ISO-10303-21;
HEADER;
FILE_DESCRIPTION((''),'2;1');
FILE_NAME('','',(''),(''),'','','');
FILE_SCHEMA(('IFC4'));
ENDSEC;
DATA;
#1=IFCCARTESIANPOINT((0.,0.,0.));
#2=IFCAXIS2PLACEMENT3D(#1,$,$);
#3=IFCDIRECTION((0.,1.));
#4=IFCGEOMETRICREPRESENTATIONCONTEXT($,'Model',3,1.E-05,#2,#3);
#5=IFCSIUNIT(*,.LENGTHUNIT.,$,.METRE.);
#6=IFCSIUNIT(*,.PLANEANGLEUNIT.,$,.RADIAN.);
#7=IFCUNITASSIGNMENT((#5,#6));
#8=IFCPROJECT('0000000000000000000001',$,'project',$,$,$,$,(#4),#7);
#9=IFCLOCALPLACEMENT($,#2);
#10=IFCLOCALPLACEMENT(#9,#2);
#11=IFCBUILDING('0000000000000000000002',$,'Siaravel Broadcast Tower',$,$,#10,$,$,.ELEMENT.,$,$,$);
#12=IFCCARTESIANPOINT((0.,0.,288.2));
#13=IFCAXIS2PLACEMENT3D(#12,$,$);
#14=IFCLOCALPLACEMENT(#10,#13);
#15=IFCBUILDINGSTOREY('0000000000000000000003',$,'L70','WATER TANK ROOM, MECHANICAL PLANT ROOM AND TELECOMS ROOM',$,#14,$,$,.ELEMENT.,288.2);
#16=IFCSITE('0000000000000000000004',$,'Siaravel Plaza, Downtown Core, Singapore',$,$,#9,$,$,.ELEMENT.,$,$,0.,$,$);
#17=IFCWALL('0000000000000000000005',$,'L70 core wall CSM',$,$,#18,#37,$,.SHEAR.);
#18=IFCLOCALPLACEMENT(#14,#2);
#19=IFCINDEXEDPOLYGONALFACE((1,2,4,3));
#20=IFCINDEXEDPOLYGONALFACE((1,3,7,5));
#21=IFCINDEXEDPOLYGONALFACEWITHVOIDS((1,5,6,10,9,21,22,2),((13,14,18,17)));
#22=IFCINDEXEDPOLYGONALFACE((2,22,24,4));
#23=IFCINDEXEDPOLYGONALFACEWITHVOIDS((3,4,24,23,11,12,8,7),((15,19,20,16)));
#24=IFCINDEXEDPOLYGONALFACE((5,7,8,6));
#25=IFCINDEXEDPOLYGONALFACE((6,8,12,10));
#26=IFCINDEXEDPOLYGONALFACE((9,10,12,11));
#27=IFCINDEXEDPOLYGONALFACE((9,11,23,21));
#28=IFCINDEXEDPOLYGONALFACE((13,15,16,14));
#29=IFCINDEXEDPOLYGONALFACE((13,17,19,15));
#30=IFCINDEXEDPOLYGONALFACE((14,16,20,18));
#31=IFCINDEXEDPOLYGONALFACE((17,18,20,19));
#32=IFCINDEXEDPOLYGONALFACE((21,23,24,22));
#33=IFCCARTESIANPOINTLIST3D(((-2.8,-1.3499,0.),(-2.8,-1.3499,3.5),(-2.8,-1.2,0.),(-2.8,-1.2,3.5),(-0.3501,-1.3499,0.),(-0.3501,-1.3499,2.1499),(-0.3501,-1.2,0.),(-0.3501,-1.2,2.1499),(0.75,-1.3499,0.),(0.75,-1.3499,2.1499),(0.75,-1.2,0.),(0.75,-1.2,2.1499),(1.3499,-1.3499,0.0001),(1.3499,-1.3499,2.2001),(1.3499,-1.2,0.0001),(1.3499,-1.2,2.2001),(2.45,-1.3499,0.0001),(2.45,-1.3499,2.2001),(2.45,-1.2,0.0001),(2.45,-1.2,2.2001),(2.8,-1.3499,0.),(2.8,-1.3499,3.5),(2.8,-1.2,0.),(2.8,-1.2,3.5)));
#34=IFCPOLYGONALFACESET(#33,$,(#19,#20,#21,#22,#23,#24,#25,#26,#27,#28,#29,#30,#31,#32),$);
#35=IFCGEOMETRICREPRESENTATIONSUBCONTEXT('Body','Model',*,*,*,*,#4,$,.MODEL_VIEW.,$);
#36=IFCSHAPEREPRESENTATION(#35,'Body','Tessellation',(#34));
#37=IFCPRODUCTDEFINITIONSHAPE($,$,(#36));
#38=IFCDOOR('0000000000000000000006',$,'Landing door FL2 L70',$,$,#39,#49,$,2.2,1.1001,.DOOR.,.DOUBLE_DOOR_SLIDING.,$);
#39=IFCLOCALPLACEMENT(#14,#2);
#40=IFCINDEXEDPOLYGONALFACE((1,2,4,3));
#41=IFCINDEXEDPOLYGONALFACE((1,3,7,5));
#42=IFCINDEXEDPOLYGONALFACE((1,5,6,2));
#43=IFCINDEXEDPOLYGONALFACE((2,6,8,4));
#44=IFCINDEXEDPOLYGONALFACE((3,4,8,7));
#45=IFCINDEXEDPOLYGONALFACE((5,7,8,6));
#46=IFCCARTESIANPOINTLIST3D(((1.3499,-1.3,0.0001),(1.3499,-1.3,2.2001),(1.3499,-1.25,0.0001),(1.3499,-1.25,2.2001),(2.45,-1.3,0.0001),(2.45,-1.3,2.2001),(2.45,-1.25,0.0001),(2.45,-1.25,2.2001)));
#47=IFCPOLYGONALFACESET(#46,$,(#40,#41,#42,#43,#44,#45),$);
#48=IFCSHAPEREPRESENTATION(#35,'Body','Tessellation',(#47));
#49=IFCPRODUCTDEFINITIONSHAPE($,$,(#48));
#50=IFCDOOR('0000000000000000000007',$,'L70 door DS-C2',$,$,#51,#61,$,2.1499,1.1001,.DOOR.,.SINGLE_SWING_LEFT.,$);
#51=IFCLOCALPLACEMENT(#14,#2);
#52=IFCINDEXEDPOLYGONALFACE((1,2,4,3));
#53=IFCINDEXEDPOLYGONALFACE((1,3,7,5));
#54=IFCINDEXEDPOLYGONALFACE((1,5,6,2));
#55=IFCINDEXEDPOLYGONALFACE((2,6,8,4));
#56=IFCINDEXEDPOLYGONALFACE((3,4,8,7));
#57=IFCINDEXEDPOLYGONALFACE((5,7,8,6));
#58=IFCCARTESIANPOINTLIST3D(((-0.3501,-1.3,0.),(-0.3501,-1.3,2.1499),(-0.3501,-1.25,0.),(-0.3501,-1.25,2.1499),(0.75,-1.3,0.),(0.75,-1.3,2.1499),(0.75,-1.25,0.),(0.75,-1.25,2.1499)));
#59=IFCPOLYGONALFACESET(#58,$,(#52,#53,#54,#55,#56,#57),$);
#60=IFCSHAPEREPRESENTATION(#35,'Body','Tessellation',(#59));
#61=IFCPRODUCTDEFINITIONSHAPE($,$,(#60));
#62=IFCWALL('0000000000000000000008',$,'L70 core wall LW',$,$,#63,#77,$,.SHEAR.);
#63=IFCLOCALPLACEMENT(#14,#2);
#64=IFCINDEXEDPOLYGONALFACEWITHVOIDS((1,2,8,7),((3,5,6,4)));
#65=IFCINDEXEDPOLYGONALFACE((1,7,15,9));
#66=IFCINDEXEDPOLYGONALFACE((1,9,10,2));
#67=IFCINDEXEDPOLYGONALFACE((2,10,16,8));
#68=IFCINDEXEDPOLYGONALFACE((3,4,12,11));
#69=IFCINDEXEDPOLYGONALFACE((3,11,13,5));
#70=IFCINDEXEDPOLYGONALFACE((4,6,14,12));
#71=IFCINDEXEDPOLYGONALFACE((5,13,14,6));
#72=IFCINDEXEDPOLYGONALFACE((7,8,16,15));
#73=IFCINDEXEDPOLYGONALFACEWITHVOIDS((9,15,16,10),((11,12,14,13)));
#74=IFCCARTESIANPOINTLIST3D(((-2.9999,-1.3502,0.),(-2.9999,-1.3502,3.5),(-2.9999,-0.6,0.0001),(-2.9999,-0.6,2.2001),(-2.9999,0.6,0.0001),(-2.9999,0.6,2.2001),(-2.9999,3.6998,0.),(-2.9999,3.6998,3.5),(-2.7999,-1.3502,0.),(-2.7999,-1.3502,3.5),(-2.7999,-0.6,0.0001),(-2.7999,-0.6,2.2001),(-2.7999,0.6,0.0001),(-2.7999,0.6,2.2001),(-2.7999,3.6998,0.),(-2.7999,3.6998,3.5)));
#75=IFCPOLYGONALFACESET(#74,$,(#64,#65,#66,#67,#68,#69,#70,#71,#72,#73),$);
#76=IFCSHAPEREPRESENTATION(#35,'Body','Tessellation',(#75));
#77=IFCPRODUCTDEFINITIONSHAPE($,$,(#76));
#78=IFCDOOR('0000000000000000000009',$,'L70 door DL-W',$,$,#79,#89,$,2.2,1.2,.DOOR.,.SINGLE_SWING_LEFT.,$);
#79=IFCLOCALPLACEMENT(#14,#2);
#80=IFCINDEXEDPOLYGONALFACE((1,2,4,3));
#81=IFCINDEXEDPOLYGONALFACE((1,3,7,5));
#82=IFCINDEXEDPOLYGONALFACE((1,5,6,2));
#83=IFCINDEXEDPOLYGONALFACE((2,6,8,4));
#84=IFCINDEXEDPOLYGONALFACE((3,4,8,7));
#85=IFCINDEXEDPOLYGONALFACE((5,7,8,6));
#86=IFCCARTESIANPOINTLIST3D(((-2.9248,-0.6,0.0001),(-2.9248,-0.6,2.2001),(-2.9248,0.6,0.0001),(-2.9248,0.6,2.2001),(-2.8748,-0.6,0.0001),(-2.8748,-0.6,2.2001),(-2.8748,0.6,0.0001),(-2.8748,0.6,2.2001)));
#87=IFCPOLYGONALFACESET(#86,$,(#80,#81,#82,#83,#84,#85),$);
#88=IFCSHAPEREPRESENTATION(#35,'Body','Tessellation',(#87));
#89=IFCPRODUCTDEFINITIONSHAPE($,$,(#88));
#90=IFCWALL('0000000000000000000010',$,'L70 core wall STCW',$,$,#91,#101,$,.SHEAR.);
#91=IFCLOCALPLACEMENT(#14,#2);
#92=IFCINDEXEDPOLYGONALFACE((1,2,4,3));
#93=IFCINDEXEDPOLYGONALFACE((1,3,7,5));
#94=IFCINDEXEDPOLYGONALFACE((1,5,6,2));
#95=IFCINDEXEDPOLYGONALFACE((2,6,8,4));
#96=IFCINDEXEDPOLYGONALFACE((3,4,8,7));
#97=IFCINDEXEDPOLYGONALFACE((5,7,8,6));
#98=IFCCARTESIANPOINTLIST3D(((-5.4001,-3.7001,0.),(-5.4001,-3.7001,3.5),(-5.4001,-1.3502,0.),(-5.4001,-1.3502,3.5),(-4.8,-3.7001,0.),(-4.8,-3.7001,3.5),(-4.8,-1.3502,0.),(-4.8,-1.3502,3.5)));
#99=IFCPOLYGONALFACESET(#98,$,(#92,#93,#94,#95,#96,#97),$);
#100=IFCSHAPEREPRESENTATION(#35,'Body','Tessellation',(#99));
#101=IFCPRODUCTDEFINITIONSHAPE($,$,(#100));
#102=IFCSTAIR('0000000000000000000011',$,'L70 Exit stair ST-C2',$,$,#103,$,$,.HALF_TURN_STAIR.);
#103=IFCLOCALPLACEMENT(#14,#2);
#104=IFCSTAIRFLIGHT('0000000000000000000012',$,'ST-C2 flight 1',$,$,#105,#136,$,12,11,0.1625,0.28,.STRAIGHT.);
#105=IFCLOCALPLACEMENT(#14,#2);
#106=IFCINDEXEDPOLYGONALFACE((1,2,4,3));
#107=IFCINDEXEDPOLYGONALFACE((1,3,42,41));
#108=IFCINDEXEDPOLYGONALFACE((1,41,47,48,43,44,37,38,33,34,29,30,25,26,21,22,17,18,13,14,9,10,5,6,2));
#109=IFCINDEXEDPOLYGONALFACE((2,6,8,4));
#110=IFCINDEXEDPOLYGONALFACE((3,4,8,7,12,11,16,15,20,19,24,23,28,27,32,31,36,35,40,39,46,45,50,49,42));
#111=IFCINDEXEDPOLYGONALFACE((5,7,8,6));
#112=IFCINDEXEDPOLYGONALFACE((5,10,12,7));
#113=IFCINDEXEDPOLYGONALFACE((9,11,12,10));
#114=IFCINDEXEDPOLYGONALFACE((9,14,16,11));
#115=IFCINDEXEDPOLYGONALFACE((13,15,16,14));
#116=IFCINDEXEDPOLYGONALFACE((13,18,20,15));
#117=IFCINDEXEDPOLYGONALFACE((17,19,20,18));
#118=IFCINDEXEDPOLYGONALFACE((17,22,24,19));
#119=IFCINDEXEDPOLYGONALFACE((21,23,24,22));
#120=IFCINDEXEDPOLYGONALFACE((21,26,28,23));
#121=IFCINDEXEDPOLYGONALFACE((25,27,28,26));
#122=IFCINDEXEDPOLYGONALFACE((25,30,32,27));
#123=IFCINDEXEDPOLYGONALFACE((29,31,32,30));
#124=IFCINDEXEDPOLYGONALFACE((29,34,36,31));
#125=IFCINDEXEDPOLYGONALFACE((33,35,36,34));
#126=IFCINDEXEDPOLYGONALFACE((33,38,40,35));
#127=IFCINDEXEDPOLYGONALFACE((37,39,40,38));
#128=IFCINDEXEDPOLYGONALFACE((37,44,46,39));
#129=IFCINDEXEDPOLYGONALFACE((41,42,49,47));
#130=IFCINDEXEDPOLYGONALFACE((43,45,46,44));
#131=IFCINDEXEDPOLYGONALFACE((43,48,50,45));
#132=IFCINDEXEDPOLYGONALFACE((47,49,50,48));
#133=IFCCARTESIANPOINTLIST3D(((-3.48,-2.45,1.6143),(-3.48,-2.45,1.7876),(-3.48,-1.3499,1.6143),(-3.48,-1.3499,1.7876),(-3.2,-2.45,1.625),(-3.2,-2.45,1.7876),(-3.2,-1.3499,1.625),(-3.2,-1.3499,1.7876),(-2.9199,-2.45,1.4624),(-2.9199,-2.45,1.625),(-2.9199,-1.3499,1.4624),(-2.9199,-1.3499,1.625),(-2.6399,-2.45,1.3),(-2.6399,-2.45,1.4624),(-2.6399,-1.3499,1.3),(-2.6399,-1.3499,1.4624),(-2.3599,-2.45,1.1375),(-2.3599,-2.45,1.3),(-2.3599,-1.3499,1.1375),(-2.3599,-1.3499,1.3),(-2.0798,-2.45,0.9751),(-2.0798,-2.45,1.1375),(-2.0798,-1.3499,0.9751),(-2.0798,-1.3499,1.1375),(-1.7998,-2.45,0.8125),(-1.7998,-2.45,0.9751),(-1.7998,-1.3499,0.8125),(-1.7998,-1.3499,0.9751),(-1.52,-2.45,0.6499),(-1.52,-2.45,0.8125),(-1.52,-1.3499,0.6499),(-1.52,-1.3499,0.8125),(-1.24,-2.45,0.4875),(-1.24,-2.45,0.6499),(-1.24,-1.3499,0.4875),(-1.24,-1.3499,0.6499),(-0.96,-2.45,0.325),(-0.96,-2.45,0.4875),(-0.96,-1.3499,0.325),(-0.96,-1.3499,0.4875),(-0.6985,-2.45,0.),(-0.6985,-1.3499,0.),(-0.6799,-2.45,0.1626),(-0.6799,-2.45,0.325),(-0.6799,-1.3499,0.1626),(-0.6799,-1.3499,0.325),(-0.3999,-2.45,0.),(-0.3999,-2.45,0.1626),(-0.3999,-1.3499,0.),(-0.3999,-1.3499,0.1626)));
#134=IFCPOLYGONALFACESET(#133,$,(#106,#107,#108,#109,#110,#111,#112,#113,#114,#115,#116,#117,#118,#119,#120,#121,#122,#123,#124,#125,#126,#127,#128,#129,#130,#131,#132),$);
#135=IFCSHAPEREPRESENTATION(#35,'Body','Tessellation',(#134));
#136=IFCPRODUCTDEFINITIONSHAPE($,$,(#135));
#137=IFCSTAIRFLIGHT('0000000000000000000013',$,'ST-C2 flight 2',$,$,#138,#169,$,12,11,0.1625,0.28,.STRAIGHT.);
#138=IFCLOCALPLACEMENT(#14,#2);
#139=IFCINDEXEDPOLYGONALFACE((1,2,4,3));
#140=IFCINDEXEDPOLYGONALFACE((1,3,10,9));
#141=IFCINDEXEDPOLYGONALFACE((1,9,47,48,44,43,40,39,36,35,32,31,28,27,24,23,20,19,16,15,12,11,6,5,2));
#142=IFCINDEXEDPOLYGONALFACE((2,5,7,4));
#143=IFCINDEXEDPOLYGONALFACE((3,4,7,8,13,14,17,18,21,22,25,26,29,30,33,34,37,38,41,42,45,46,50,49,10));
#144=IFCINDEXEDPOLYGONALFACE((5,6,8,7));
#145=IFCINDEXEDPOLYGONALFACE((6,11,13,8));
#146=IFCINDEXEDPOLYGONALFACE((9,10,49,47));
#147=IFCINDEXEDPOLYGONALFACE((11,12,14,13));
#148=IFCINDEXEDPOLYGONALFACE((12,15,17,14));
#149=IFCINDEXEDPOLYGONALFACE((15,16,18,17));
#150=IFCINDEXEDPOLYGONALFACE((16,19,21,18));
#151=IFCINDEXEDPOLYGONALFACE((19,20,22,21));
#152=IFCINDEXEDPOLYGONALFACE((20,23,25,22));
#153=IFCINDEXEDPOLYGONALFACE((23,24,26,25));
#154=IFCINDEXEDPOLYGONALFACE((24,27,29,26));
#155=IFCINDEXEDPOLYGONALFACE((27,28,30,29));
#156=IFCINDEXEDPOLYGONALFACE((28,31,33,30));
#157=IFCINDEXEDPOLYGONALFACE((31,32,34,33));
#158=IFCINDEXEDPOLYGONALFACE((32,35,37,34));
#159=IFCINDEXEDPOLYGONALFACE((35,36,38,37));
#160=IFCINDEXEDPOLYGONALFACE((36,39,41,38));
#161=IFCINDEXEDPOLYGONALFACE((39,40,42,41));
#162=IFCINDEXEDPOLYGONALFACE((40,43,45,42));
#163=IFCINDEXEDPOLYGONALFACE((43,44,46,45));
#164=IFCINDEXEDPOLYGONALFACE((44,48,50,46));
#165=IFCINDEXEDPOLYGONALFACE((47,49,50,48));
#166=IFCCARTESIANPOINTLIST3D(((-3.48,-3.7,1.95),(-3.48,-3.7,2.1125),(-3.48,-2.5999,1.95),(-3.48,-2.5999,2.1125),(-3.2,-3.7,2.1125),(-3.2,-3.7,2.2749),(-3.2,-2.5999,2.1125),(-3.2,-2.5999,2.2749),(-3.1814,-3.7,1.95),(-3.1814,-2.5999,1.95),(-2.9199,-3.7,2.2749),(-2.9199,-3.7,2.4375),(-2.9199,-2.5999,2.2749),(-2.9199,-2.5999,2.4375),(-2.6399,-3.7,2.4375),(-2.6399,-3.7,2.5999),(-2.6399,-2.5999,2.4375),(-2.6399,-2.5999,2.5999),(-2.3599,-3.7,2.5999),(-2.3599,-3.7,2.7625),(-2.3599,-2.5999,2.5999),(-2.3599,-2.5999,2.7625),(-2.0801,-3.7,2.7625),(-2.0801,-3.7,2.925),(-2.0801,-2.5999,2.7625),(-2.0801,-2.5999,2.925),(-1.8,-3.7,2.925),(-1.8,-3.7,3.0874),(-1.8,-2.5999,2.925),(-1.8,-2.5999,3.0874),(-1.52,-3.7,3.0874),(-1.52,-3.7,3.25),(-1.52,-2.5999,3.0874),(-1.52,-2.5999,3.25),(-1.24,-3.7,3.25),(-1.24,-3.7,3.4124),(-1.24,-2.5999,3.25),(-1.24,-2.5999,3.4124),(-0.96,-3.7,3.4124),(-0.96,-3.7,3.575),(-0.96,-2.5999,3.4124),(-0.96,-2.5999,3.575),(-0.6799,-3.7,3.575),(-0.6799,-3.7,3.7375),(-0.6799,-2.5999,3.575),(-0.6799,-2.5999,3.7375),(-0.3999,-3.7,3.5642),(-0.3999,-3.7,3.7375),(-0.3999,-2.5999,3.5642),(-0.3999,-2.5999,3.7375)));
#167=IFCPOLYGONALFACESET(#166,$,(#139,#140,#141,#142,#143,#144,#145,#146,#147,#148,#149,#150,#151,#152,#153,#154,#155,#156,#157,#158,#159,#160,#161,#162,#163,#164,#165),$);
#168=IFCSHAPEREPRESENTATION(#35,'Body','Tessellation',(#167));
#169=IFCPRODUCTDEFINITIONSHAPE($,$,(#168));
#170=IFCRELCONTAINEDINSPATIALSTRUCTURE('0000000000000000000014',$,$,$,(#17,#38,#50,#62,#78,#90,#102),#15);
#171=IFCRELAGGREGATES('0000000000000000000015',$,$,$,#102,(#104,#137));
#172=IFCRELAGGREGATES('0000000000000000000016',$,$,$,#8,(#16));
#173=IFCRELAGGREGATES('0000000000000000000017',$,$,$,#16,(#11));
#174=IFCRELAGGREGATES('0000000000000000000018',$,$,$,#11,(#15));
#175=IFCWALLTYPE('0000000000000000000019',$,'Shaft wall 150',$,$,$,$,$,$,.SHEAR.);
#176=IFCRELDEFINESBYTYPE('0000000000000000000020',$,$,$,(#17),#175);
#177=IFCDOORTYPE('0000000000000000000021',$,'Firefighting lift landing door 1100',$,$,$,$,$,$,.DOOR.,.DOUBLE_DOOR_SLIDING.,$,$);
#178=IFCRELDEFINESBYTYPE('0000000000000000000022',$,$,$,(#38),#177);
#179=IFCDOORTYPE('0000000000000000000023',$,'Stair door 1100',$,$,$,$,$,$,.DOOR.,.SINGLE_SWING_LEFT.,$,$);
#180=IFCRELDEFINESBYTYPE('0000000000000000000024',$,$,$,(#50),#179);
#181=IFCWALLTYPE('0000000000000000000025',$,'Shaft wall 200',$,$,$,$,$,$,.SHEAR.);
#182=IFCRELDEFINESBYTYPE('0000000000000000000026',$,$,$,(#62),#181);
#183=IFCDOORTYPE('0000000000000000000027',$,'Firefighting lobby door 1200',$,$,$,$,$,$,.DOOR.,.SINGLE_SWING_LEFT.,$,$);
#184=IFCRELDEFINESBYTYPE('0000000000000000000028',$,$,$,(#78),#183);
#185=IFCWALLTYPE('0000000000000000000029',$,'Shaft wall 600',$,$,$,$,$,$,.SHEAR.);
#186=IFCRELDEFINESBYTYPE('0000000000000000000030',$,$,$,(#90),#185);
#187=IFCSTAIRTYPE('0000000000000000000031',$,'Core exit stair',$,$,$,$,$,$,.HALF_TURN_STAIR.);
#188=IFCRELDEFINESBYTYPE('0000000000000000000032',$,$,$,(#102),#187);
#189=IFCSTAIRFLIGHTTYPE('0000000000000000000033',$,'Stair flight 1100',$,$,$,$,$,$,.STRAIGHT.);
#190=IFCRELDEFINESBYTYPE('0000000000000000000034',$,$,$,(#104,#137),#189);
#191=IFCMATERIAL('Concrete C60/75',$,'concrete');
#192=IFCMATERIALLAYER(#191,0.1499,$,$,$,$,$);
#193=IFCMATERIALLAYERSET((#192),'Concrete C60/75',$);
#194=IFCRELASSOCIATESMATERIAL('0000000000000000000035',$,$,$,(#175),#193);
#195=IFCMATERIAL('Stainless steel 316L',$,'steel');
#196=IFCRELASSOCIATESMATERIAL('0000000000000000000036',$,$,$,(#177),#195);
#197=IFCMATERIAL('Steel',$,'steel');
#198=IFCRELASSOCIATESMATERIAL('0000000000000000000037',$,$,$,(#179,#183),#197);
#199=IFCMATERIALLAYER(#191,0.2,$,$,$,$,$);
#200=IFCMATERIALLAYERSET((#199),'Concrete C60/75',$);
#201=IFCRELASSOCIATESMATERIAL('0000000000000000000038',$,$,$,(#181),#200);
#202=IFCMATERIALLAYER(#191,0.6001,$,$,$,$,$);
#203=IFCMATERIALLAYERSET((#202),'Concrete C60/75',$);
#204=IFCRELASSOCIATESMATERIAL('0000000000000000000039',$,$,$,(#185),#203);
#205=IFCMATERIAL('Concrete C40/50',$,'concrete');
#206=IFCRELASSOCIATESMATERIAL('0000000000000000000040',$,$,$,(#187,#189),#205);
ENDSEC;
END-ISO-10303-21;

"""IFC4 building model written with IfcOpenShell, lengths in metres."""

from ifc_helpers import new_model, si_unit, direction, frame, frame_2d, origin, place, context, subcontext, project, spatial, polyline, rectangle, outline, extrude, material, layer, layer_set, type_object, element, fill, aggregate, save


model = new_model("IFC4")

# Units and contexts
model_context = context("Model", 3, precision=1e-05, world=origin(), true_north=direction((0.0, 1.0)))
body_context = subcontext(model_context, "Body", "Model", "MODEL_VIEW")
ifc_project = project(units=[si_unit("LENGTHUNIT", "METRE"), si_unit("PLANEANGLEUNIT", "RADIAN")], contexts=[model_context])

# Site, building, storey
site_placement = place(None, origin())
site = spatial("IfcSite", under=ifc_project, at=site_placement, Name="Siaravel Plaza, Downtown Core, Singapore", CompositionType="ELEMENT", RefElevation=0.0)
building_placement = place(site_placement, origin())
building = spatial("IfcBuilding", under=site, at=building_placement, Name="Siaravel Broadcast Tower", CompositionType="ELEMENT")
storey_placement = place(building_placement, frame((0.0, 0.0, 288.2)))
storey = spatial("IfcBuildingStorey", under=building, at=storey_placement, Name="L70", Description="WATER TANK ROOM, MECHANICAL PLANT ROOM AND TELECOMS ROOM", CompositionType="ELEMENT", Elevation=288.2)

# Shared definitions
ifc_material_1 = material(Name="Concrete C60/75", Category="concrete")
ifc_layer_1 = layer(ifc_material_1, 0.1499)
ifc_layer_set_1 = layer_set([ifc_layer_1], Name="Concrete C60/75")
wall_type_1 = type_object("IfcWallType", Name="Shaft wall 150", PredefinedType="SHEAR", material=ifc_layer_set_1)

# Wall, openings, doors
wall_1_placement = place(storey_placement, frame((-2.8, -1.2749, 0.0), z_axis=(0.0, 0.0, 1.0), x_axis=(1.0, 0.0, 0.0)))
wall_1 = element("IfcWall", 1, at=wall_1_placement, inside=storey, type_object=wall_type_1, Name="L70 core wall CSM", PredefinedType="SHEAR", context=body_context, shape_type="SweptSolid", body=[
    extrude(rectangle(XDim=5.6001, YDim=0.1499, at=frame_2d((2.8, 0.0))), origin(), (0.0, 0.0, 1.0), 3.5),
])
opening_1_placement = place(wall_1_placement, frame((4.1499, 0.0, 0.0)))
opening_1 = element("IfcOpeningElement", 2, at=opening_1_placement, cuts=wall_1, PredefinedType="OPENING", context=body_context, shape_type="SweptSolid", body=[
    extrude(rectangle(XDim=1.1001, YDim=2.2, at=frame_2d((0.55, 1.1001))), frame((0.0, 0.085, 0.0), z_axis=(0.0, -1.0, 0.0), x_axis=(1.0, 0.0, 0.0)), (0.0, 0.0, 1.0), 0.1699),
])
opening_2_placement = place(wall_1_placement, frame((2.45, 0.0, 0.0)))
opening_2 = element("IfcOpeningElement", 3, at=opening_2_placement, cuts=wall_1, PredefinedType="OPENING", context=body_context, shape_type="SweptSolid", body=[
    extrude(rectangle(XDim=1.1001, YDim=2.1499, at=frame_2d((0.55, 1.075))), frame((0.0, 0.085, 0.0), z_axis=(0.0, -1.0, 0.0), x_axis=(1.0, 0.0, 0.0)), (0.0, 0.0, 1.0), 0.1699),
])
ifc_material_2 = material(Name="Stainless steel 316L", Category="steel")
door_type_1 = type_object("IfcDoorType", Name="Firefighting lift landing door 1100", OperationType="DOUBLE_DOOR_SLIDING", PredefinedType="DOOR", material=ifc_material_2)
door_1_placement = place(opening_1_placement, origin())
door_1 = element("IfcDoor", 4, at=door_1_placement, inside=storey, type_object=door_type_1, Name="Landing door FL2 L70", OperationType="DOUBLE_DOOR_SLIDING", OverallHeight=2.2, OverallWidth=1.1001, PredefinedType="DOOR", context=body_context, shape_type="SweptSolid", body=[
    extrude(rectangle(XDim=1.1001, YDim=2.2, at=frame_2d((0.55, 1.1001))), frame((0.0, 0.0249, 0.0), z_axis=(0.0, -1.0, 0.0), x_axis=(1.0, 0.0, 0.0)), (0.0, 0.0, 1.0), 0.05),
])
fill(opening_1, door_1)
ifc_material_3 = material(Name="Steel", Category="steel")
door_type_2 = type_object("IfcDoorType", Name="Stair door 1100", OperationType="SINGLE_SWING_LEFT", PredefinedType="DOOR", material=ifc_material_3)
door_2_placement = place(opening_2_placement, origin())
door_2 = element("IfcDoor", 5, at=door_2_placement, inside=storey, type_object=door_type_2, Name="L70 door DS-C2", OperationType="SINGLE_SWING_LEFT", OverallHeight=2.1499, OverallWidth=1.1001, PredefinedType="DOOR", context=body_context, shape_type="SweptSolid", body=[
    extrude(rectangle(XDim=1.1001, YDim=2.1499, at=frame_2d((0.55, 1.075))), frame((0.0, 0.0249, 0.0), z_axis=(0.0, -1.0, 0.0), x_axis=(1.0, 0.0, 0.0)), (0.0, 0.0, 1.0), 0.05),
])
fill(opening_2, door_2)

# Wall, opening, door
ifc_layer_2 = layer(ifc_material_1, 0.2)
ifc_layer_set_2 = layer_set([ifc_layer_2], Name="Concrete C60/75")
wall_type_2 = type_object("IfcWallType", Name="Shaft wall 200", PredefinedType="SHEAR", material=ifc_layer_set_2)
wall_2_placement = place(storey_placement, frame((-2.8999, -1.3501, 0.0), z_axis=(0.0, 0.0, 1.0), x_axis=(0.0, 1.0, 0.0)))
wall_2 = element("IfcWall", 6, at=wall_2_placement, inside=storey, type_object=wall_type_2, Name="L70 core wall LW", PredefinedType="SHEAR", context=body_context, shape_type="SweptSolid", body=[
    extrude(rectangle(XDim=5.05, YDim=0.2, at=frame_2d((2.5249, 0.0))), origin(), (0.0, 0.0, 1.0), 3.5),
])
opening_3_placement = place(wall_2_placement, frame((0.75, 0.0, 0.0)))
opening_3 = element("IfcOpeningElement", 7, at=opening_3_placement, cuts=wall_2, PredefinedType="OPENING", context=body_context, shape_type="SweptSolid", body=[
    extrude(rectangle(XDim=1.2, YDim=2.2, at=frame_2d((0.6001, 1.1001))), frame((0.0, 0.1099, 0.0), z_axis=(0.0, -1.0, 0.0), x_axis=(1.0, 0.0, 0.0)), (0.0, 0.0, 1.0), 0.22),
])
door_type_3 = type_object("IfcDoorType", Name="Firefighting lobby door 1200", OperationType="SINGLE_SWING_LEFT", PredefinedType="DOOR", material=ifc_material_3)
door_3_placement = place(opening_3_placement, origin())
door_3 = element("IfcDoor", 8, at=door_3_placement, inside=storey, type_object=door_type_3, Name="L70 door DL-W", OperationType="SINGLE_SWING_LEFT", OverallHeight=2.2, OverallWidth=1.2, PredefinedType="DOOR", context=body_context, shape_type="SweptSolid", body=[
    extrude(rectangle(XDim=1.2, YDim=2.2, at=frame_2d((0.6001, 1.1001))), frame((0.0, 0.0249, 0.0), z_axis=(0.0, -1.0, 0.0), x_axis=(1.0, 0.0, 0.0)), (0.0, 0.0, 1.0), 0.05),
])
fill(opening_3, door_3)

# Wall
ifc_layer_3 = layer(ifc_material_1, 0.6001)
ifc_layer_set_3 = layer_set([ifc_layer_3], Name="Concrete C60/75")
wall_type_3 = type_object("IfcWallType", Name="Shaft wall 600", PredefinedType="SHEAR", material=ifc_layer_set_3)
wall_3_placement = place(storey_placement, frame((-5.1001, -3.7, 0.0), z_axis=(0.0, 0.0, 1.0), x_axis=(0.0, 1.0, 0.0)))
element("IfcWall", 9, at=wall_3_placement, inside=storey, type_object=wall_type_3, Name="L70 core wall STCW", PredefinedType="SHEAR", context=body_context, shape_type="SweptSolid", body=[
    extrude(rectangle(XDim=2.3499, YDim=0.6001, at=frame_2d((1.1748, 0.0))), origin(), (0.0, 0.0, 1.0), 3.5),
])

# Stair, stair flights
ifc_material_4 = material(Name="Concrete C40/50", Category="concrete")
stair_type = type_object("IfcStairType", Name="Core exit stair", PredefinedType="HALF_TURN_STAIR", material=ifc_material_4)
stair_placement = place(storey_placement, origin())
stair = element("IfcStair", 10, at=stair_placement, inside=storey, type_object=stair_type, Name="L70 Exit stair ST-C2", PredefinedType="HALF_TURN_STAIR")
stair_flight_type = type_object("IfcStairFlightType", Name="Stair flight 1100", PredefinedType="STRAIGHT", material=ifc_material_4)
stair_flight_1_placement = place(storey_placement, frame((-0.3999, -1.8999, 0.0), z_axis=(0.0, 0.0, 1.0), x_axis=(-1.0, 0.0, 0.0)))
stair_flight_1 = element("IfcStairFlight", 11, at=stair_flight_1_placement, type_object=stair_flight_type, Name="ST-C2 flight 1", NumberOfRisers=12, NumberOfTreads=11, PredefinedType="STRAIGHT", RiserHeight=0.1625, TreadLength=0.28, context=body_context, shape_type="SweptSolid", body=[
    extrude(outline(polyline([(0.0, 0.0), (0.0, 0.1626), (0.28, 0.1626), (0.28, 0.325), (0.5601, 0.325), (0.5601, 0.4875), (0.8401, 0.4875), (0.8401, 0.6499), (1.1201, 0.6499), (1.1201, 0.8125), (1.3999, 0.8125), (1.3999, 0.9751), (1.6799, 0.9751), (1.6799, 1.1375), (1.96, 1.1375), (1.96, 1.3), (2.24, 1.3), (2.24, 1.4624), (2.52, 1.4624), (2.52, 1.625), (2.8, 1.625), (2.8, 1.7876), (3.0801, 1.7876), (3.0801, 1.95), (3.0801, 1.6143), (0.2986, 0.0), (0.0, 0.0)])), frame((0.0, 0.55, 0.0), z_axis=(0.0, -1.0, 0.0), x_axis=(1.0, 0.0, 0.0)), (0.0, 0.0, 1.0), 1.1001),
])
stair_flight_2_placement = place(storey_placement, frame((-3.48, -3.1499, 1.95), z_axis=(0.0, 0.0, 1.0), x_axis=(1.0, 0.0, 0.0)))
stair_flight_2 = element("IfcStairFlight", 12, at=stair_flight_2_placement, type_object=stair_flight_type, Name="ST-C2 flight 2", NumberOfRisers=12, NumberOfTreads=11, PredefinedType="STRAIGHT", RiserHeight=0.1625, TreadLength=0.28, context=body_context, shape_type="SweptSolid", body=[
    extrude(outline(polyline([(0.0, 0.0), (0.0, 0.1626), (0.28, 0.1626), (0.28, 0.325), (0.5601, 0.325), (0.5601, 0.4875), (0.8401, 0.4875), (0.8401, 0.6499), (1.1201, 0.6499), (1.1201, 0.8125), (1.3999, 0.8125), (1.3999, 0.9751), (1.6799, 0.9751), (1.6799, 1.1375), (1.96, 1.1375), (1.96, 1.3), (2.24, 1.3), (2.24, 1.4624), (2.52, 1.4624), (2.52, 1.625), (2.8, 1.625), (2.8, 1.7876), (3.0801, 1.7876), (3.0801, 1.95), (3.0801, 1.6143), (0.2986, 0.0), (0.0, 0.0)])), frame((0.0, 0.55, 0.0), z_axis=(0.0, -1.0, 0.0), x_axis=(1.0, 0.0, 0.0)), (0.0, 0.0, 1.0), 1.1001),
])
aggregate(stair, [stair_flight_1, stair_flight_2])

save(model, "model.ifc")
